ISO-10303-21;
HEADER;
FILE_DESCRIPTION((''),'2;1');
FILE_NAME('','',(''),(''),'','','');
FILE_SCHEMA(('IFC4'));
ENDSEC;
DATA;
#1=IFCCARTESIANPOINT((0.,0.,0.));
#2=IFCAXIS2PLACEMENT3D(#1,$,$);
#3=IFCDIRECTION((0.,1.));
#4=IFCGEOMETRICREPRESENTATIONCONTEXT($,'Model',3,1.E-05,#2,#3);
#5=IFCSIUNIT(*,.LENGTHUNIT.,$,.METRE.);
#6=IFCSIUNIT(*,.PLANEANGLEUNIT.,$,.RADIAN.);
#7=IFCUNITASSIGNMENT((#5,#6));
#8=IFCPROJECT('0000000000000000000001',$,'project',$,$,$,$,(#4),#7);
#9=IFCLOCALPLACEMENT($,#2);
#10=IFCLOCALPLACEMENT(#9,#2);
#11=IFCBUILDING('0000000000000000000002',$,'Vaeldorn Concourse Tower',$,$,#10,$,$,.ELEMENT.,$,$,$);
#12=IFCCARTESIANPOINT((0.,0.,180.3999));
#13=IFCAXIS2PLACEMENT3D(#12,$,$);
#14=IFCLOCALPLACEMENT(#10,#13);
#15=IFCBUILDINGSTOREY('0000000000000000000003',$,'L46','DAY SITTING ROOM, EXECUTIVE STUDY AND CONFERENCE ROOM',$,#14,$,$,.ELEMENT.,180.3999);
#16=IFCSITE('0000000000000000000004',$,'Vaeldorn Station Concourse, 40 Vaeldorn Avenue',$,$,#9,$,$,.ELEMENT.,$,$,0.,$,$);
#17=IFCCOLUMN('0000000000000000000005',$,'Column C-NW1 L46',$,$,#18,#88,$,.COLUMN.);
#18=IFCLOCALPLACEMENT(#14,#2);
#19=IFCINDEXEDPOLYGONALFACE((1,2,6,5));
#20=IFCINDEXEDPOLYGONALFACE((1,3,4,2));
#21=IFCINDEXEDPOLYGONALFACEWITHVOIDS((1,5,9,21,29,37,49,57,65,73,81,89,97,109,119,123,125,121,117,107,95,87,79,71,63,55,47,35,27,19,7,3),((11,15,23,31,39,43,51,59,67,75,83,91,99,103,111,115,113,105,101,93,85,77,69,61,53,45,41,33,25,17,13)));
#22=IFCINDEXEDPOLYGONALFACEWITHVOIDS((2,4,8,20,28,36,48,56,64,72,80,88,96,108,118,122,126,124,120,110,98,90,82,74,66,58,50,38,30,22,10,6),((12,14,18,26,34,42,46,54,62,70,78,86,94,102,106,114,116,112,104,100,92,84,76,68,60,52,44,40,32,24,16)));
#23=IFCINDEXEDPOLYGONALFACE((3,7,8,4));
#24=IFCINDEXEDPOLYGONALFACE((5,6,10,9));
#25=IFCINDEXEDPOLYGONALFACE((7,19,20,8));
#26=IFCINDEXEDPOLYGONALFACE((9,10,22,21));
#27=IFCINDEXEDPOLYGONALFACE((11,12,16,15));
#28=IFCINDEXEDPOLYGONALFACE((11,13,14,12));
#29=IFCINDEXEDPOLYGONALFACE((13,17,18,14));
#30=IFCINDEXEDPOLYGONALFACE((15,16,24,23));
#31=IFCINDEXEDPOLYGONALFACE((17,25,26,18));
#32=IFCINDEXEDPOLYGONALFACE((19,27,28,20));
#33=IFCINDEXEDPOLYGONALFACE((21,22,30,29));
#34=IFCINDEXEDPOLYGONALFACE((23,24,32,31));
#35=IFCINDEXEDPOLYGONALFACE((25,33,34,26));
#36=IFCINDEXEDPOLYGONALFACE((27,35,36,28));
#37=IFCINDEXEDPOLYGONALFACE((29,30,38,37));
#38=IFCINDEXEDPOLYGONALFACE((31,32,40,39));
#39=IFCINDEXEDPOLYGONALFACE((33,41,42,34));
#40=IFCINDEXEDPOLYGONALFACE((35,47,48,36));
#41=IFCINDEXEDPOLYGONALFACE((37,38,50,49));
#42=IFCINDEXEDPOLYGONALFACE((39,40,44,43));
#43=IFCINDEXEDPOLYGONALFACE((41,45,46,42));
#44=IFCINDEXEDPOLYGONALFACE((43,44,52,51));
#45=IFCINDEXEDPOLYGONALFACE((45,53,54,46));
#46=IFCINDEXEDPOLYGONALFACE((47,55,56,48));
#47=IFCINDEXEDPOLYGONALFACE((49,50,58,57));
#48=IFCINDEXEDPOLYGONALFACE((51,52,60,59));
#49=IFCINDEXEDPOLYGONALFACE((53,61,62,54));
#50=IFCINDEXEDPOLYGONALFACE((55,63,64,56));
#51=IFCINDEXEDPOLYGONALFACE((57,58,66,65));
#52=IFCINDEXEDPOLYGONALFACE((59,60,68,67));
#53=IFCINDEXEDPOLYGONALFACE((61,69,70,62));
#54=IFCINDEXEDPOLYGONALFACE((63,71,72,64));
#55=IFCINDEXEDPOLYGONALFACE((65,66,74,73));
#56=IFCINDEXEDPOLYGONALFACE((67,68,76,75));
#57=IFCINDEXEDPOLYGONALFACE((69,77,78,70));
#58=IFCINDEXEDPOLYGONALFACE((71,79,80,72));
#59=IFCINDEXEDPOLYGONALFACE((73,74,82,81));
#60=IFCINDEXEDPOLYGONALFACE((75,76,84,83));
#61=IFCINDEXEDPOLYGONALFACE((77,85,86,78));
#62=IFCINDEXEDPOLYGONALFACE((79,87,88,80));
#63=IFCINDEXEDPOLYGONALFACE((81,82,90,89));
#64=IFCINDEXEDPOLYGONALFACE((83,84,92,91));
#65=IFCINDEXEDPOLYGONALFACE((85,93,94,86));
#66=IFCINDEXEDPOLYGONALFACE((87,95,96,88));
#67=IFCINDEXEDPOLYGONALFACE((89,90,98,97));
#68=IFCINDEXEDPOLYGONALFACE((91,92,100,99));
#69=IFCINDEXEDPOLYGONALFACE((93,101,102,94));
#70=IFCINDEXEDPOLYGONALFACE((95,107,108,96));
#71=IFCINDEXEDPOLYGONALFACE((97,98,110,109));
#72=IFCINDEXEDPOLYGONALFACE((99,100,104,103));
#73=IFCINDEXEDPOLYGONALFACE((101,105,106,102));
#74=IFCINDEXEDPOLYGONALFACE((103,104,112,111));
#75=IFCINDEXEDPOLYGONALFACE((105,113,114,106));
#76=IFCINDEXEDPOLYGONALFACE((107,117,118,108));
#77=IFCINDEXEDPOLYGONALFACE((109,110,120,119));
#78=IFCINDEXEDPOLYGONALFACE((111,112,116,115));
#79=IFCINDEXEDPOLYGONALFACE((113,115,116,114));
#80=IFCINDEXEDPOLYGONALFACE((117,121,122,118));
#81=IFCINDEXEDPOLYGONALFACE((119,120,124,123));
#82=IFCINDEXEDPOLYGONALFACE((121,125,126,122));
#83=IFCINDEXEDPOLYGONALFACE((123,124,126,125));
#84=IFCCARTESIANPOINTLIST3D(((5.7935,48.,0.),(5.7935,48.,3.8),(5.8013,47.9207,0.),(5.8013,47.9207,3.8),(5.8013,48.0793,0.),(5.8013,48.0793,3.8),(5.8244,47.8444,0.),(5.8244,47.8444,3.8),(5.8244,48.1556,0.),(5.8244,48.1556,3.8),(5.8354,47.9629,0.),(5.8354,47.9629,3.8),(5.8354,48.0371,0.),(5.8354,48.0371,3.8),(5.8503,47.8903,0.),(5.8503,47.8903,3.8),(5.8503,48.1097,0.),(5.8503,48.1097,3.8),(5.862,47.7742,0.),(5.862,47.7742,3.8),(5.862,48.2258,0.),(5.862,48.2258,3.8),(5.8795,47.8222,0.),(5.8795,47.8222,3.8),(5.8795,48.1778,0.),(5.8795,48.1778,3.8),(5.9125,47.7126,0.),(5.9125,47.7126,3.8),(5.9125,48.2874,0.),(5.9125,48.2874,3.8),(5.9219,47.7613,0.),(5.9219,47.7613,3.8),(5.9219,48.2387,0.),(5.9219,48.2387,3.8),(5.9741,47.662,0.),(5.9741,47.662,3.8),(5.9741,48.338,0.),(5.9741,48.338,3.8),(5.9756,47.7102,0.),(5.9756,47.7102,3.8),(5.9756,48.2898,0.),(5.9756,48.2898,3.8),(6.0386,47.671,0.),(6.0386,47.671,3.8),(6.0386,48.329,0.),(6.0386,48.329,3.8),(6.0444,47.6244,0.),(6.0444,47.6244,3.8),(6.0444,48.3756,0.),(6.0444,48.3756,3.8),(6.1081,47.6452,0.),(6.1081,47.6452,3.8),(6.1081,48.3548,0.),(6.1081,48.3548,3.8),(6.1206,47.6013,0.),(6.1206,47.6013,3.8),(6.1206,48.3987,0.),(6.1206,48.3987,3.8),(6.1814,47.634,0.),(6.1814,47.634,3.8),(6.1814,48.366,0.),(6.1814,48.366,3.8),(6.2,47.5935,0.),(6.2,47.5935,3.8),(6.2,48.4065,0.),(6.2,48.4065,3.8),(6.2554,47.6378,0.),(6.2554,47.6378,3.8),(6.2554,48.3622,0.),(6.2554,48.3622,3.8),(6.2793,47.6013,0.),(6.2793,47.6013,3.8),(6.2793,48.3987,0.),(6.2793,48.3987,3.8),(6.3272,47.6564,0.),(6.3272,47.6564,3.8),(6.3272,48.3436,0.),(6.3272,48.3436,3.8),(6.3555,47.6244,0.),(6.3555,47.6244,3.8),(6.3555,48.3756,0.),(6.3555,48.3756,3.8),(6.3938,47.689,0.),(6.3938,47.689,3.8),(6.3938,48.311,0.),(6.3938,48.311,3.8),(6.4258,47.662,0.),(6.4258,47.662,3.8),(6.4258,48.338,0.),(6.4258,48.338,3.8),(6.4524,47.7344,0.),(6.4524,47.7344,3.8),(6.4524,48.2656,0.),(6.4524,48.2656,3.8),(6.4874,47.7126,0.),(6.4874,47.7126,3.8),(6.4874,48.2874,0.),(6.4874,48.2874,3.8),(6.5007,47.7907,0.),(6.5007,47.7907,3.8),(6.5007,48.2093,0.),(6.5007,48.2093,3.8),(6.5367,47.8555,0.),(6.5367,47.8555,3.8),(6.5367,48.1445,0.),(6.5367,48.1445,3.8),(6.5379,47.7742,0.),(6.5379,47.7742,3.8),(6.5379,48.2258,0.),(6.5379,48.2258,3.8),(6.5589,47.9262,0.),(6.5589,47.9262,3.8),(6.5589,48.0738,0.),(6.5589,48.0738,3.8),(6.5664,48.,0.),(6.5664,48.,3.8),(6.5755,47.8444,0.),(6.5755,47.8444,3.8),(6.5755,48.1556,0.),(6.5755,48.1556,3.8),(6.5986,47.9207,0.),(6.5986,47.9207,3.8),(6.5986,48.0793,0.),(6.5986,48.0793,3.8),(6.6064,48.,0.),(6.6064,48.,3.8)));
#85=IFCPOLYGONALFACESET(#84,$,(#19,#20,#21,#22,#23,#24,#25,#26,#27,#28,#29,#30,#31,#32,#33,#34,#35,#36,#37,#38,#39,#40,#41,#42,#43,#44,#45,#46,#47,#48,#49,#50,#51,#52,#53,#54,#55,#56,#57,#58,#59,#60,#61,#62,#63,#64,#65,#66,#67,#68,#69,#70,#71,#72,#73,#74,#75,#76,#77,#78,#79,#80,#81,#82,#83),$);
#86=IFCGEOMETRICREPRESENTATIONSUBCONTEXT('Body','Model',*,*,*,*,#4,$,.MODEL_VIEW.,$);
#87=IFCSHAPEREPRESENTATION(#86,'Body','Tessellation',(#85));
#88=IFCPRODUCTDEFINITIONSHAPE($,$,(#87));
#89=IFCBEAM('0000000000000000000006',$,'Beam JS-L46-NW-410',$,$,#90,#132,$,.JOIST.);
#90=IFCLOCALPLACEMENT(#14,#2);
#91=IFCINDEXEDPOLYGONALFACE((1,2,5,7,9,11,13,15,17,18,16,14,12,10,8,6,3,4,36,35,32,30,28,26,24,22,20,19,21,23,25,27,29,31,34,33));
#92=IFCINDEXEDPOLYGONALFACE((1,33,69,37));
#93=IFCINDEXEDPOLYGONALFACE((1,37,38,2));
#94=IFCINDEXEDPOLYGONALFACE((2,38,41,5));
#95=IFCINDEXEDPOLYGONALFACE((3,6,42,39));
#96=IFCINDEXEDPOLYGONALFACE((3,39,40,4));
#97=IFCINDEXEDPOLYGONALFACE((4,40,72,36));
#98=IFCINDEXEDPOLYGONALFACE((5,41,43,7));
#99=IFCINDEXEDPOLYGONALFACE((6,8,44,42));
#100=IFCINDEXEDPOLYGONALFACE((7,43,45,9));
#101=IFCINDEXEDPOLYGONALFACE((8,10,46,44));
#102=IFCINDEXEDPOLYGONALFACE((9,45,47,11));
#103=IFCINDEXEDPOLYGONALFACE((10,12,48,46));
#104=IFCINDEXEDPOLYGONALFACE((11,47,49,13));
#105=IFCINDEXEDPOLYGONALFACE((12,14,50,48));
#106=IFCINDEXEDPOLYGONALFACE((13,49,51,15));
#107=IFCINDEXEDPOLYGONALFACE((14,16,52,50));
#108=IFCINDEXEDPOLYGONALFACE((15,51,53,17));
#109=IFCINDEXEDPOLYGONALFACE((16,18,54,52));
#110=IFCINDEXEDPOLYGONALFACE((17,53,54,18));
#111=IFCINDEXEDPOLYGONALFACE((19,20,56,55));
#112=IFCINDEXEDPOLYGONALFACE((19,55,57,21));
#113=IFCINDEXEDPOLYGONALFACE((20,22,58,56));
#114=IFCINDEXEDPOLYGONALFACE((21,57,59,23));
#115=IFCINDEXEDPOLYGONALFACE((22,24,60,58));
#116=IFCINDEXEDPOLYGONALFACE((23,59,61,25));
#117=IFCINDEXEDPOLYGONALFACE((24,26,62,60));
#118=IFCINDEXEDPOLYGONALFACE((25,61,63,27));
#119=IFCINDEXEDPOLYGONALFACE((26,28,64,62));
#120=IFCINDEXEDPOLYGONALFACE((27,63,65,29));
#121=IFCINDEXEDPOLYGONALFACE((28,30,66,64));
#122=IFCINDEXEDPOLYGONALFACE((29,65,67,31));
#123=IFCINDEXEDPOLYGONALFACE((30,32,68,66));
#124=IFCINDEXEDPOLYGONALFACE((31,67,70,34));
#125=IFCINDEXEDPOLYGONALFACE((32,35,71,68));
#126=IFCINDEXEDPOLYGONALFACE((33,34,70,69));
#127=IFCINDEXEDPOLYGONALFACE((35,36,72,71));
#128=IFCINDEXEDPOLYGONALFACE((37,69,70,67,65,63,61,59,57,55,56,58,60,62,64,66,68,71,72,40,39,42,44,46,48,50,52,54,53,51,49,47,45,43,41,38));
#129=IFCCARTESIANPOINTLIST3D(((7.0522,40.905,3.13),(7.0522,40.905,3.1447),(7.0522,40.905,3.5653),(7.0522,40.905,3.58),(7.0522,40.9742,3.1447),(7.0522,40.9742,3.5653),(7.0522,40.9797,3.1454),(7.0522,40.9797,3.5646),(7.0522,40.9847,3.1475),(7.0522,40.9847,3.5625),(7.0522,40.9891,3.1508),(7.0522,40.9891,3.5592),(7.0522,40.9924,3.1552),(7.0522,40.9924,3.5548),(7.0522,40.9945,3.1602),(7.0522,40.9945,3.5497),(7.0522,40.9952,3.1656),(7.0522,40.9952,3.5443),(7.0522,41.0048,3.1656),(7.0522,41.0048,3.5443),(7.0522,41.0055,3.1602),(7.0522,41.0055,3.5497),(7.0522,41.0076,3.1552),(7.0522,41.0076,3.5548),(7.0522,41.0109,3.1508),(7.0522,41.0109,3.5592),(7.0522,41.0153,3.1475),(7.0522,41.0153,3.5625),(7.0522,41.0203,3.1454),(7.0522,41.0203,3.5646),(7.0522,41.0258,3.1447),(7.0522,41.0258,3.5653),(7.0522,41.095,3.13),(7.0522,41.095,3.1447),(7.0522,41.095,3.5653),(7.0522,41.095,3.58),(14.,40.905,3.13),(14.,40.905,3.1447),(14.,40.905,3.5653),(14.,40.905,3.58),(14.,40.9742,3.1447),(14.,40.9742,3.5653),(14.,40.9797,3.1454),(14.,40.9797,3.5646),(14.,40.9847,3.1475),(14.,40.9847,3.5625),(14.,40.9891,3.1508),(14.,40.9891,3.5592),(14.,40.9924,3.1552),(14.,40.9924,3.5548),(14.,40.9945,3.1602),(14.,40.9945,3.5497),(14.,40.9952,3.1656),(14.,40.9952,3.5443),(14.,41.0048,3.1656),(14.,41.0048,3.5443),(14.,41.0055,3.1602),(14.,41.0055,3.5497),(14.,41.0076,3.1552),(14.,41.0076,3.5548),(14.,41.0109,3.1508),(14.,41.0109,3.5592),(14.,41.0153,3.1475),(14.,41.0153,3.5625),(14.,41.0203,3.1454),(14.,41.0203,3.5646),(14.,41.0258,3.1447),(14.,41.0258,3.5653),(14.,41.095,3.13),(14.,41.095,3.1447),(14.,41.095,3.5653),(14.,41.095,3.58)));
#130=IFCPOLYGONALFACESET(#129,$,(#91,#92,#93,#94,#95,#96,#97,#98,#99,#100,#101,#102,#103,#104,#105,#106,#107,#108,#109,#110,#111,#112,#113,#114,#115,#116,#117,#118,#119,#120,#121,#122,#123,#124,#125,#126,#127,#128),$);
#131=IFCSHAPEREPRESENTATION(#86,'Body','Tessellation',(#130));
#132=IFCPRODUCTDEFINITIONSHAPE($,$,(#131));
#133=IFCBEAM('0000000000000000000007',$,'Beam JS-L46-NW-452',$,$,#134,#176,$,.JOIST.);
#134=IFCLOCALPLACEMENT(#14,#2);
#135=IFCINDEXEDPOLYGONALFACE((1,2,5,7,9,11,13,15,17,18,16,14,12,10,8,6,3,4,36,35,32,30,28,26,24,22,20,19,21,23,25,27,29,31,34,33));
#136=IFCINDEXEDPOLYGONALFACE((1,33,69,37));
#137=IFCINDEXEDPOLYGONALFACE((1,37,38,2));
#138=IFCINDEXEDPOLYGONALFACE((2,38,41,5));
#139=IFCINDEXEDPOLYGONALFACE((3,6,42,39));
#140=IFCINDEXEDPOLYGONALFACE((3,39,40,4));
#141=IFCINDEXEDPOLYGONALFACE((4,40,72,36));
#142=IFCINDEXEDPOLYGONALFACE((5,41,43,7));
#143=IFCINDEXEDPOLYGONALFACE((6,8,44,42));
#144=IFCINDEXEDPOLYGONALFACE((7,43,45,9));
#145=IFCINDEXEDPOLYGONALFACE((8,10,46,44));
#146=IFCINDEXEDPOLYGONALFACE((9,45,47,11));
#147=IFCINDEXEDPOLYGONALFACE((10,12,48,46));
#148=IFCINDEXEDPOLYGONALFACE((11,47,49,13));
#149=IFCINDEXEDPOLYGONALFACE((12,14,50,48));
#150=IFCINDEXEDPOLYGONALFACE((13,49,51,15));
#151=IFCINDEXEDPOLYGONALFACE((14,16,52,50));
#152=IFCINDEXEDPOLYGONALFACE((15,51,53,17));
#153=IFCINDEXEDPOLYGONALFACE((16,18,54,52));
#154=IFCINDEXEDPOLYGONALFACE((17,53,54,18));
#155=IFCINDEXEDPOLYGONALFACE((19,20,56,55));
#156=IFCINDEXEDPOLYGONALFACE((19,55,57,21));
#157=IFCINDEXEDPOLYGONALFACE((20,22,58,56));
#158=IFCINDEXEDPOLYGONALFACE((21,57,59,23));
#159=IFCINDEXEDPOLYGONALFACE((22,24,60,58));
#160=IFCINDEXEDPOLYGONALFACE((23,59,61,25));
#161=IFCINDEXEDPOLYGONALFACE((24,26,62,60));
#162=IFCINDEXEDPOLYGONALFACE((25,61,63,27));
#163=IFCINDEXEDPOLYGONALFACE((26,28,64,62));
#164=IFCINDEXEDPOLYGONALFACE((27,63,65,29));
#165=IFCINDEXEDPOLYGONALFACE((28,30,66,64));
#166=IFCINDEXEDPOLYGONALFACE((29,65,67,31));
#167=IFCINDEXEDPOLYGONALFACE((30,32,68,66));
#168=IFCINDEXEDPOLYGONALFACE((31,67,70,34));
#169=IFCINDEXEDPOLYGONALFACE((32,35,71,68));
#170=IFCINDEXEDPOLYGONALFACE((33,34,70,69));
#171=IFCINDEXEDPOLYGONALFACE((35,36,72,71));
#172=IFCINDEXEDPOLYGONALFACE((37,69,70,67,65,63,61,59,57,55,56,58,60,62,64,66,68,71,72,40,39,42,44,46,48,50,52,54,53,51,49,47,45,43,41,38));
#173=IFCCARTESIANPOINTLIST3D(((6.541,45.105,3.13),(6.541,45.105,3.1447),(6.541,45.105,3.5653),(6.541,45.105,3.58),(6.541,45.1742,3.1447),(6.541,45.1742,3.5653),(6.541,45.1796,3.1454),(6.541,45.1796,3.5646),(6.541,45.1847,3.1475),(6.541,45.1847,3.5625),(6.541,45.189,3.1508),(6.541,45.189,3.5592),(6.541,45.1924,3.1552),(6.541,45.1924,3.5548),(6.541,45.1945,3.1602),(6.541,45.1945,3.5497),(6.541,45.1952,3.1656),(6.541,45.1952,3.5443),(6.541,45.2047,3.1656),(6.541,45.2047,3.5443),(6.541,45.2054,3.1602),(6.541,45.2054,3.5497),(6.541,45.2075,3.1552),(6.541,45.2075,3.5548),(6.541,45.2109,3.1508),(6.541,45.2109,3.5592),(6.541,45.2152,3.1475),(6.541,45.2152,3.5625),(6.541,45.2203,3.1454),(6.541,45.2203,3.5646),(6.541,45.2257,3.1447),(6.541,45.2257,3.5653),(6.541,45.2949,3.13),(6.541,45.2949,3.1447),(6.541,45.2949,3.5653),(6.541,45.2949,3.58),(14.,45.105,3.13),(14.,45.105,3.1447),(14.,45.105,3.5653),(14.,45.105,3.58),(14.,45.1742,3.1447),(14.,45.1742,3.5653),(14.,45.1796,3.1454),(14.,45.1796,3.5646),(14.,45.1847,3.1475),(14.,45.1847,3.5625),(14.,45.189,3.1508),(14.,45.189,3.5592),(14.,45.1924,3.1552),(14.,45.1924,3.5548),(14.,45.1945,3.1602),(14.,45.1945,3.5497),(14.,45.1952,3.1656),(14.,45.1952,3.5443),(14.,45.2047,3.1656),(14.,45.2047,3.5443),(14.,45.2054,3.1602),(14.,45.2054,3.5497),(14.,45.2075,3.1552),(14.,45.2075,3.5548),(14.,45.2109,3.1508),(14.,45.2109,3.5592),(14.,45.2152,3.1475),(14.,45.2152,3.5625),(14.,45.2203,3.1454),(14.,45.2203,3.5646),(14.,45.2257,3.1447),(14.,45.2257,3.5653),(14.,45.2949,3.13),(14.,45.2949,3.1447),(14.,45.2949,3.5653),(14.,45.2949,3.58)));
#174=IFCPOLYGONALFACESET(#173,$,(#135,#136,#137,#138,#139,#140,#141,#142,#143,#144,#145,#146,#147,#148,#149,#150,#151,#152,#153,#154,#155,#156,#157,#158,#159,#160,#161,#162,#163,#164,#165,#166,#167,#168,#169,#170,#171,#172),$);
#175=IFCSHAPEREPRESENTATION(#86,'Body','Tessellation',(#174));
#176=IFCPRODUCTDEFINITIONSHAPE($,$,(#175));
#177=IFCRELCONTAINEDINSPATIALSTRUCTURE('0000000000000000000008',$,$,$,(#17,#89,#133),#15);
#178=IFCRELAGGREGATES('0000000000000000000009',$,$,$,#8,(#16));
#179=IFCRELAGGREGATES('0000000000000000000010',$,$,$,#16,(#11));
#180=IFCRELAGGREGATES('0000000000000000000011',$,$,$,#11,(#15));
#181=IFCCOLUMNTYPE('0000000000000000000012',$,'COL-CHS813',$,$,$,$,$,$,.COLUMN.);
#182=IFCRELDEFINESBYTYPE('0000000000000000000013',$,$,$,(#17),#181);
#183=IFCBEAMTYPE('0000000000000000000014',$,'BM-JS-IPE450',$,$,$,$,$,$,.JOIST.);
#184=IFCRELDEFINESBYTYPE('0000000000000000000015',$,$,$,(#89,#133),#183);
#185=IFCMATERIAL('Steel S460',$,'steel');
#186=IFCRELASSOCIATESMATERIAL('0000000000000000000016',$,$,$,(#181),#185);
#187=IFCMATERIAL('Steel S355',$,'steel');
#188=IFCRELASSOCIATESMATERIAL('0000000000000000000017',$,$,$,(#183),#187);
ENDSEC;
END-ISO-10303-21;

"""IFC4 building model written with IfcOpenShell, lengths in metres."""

from ifc_helpers import new_model, si_unit, direction, frame, origin, origin_2d, place, context, subcontext, project, spatial, hollow_circle, i_section, extrude, source, transform, mapped, material, material_profile, profile_set, type_object, element, save


model = new_model("IFC4")

# Units and contexts
model_context = context("Model", 3, precision=1e-05, world=origin(), true_north=direction((0.0, 1.0)))
body_context = subcontext(model_context, "Body", "Model", "MODEL_VIEW")
ifc_project = project(units=[si_unit("LENGTHUNIT", "METRE"), si_unit("PLANEANGLEUNIT", "RADIAN")], contexts=[model_context])

# Site, building, storey
site_placement = place(None, origin())
site = spatial("IfcSite", under=ifc_project, at=site_placement, Name="Vaeldorn Station Concourse, 40 Vaeldorn Avenue", CompositionType="ELEMENT", RefElevation=0.0)
building_placement = place(site_placement, origin())
building = spatial("IfcBuilding", under=site, at=building_placement, Name="Vaeldorn Concourse Tower", CompositionType="ELEMENT")
storey_placement = place(building_placement, frame((0.0, 0.0, 180.3999)))
storey = spatial("IfcBuildingStorey", under=building, at=storey_placement, Name="L46", Description="DAY SITTING ROOM, EXECUTIVE STUDY AND CONFERENCE ROOM", CompositionType="ELEMENT", Elevation=180.3999)

# Column
ifc_material_1 = material(Name="Steel S460", Category="steel")
ifc_material_profile_1 = material_profile(ifc_material_1, hollow_circle(Radius=0.4065, WallThickness=0.04, at=origin_2d()), Name="CHS 813x40")
ifc_profile_set_1 = profile_set([ifc_material_profile_1], Name="Steel S460")
column_type = type_object("IfcColumnType", Name="COL-CHS813", PredefinedType="COLUMN", material=ifc_profile_set_1)
shared_shape_1 = source(origin(), body_context, "Body", "SweptSolid", [
    extrude(hollow_circle(Radius=0.4065, WallThickness=0.04, at=origin_2d()), origin(), (0.0, 0.0, 1.0), 3.8),
])
column_placement = place(storey_placement, frame((6.2, 48.0, 0.0), z_axis=(0.0, 0.0, 1.0), x_axis=(1.0, 0.0, 0.0)))
element("IfcColumn", 1, at=column_placement, inside=storey, type_object=column_type, Name="Column C-NW1 L46", PredefinedType="COLUMN", context=body_context, shape_type="MappedRepresentation", body=[
    mapped(shared_shape_1, transform((0.0, 0.0, 0.0), scale=1.0)),
])

# Beams
ifc_material_2 = material(Name="Steel S355", Category="steel")
ifc_material_profile_2 = material_profile(ifc_material_2, i_section(OverallWidth=0.1899, OverallDepth=0.45, WebThickness=0.0095, FlangeThickness=0.0146, FilletRadius=0.021, at=origin_2d()), Name="IPE 450")
ifc_profile_set_2 = profile_set([ifc_material_profile_2], Name="Steel S355")
beam_type_1 = type_object("IfcBeamType", Name="BM-JS-IPE450", PredefinedType="JOIST", material=ifc_profile_set_2)
shared_shape_2 = source(origin(), body_context, "Body", "SweptSolid", [
    extrude(i_section(OverallWidth=0.1899, OverallDepth=0.45, WebThickness=0.0095, FlangeThickness=0.0146, FilletRadius=0.021, at=origin_2d()), origin(), (0.0, 0.0, 1.0), 6.9478),
])
beam_1_placement = place(storey_placement, frame((7.0522, 41.0, 3.355), z_axis=(1.0, 0.0, 0.0), x_axis=(0.0, 1.0, 0.0)))
element("IfcBeam", 2, at=beam_1_placement, inside=storey, type_object=beam_type_1, Name="Beam JS-L46-NW-410", PredefinedType="JOIST", context=body_context, shape_type="MappedRepresentation", body=[
    mapped(shared_shape_2, transform((0.0, 0.0, 0.0), scale=1.0)),
])
shared_shape_3 = source(origin(), body_context, "Body", "SweptSolid", [
    extrude(i_section(OverallWidth=0.1899, OverallDepth=0.45, WebThickness=0.0095, FlangeThickness=0.0146, FilletRadius=0.021, at=origin_2d()), origin(), (0.0, 0.0, 1.0), 7.459),
])
beam_2_placement = place(storey_placement, frame((6.541, 45.2, 3.355), z_axis=(1.0, 0.0, 0.0), x_axis=(0.0, 1.0, 0.0)))
element("IfcBeam", 3, at=beam_2_placement, inside=storey, type_object=beam_type_1, Name="Beam JS-L46-NW-452", PredefinedType="JOIST", context=body_context, shape_type="MappedRepresentation", body=[
    mapped(shared_shape_3, transform((0.0, 0.0, 0.0), scale=1.0)),
])

save(model, "model.ifc")
